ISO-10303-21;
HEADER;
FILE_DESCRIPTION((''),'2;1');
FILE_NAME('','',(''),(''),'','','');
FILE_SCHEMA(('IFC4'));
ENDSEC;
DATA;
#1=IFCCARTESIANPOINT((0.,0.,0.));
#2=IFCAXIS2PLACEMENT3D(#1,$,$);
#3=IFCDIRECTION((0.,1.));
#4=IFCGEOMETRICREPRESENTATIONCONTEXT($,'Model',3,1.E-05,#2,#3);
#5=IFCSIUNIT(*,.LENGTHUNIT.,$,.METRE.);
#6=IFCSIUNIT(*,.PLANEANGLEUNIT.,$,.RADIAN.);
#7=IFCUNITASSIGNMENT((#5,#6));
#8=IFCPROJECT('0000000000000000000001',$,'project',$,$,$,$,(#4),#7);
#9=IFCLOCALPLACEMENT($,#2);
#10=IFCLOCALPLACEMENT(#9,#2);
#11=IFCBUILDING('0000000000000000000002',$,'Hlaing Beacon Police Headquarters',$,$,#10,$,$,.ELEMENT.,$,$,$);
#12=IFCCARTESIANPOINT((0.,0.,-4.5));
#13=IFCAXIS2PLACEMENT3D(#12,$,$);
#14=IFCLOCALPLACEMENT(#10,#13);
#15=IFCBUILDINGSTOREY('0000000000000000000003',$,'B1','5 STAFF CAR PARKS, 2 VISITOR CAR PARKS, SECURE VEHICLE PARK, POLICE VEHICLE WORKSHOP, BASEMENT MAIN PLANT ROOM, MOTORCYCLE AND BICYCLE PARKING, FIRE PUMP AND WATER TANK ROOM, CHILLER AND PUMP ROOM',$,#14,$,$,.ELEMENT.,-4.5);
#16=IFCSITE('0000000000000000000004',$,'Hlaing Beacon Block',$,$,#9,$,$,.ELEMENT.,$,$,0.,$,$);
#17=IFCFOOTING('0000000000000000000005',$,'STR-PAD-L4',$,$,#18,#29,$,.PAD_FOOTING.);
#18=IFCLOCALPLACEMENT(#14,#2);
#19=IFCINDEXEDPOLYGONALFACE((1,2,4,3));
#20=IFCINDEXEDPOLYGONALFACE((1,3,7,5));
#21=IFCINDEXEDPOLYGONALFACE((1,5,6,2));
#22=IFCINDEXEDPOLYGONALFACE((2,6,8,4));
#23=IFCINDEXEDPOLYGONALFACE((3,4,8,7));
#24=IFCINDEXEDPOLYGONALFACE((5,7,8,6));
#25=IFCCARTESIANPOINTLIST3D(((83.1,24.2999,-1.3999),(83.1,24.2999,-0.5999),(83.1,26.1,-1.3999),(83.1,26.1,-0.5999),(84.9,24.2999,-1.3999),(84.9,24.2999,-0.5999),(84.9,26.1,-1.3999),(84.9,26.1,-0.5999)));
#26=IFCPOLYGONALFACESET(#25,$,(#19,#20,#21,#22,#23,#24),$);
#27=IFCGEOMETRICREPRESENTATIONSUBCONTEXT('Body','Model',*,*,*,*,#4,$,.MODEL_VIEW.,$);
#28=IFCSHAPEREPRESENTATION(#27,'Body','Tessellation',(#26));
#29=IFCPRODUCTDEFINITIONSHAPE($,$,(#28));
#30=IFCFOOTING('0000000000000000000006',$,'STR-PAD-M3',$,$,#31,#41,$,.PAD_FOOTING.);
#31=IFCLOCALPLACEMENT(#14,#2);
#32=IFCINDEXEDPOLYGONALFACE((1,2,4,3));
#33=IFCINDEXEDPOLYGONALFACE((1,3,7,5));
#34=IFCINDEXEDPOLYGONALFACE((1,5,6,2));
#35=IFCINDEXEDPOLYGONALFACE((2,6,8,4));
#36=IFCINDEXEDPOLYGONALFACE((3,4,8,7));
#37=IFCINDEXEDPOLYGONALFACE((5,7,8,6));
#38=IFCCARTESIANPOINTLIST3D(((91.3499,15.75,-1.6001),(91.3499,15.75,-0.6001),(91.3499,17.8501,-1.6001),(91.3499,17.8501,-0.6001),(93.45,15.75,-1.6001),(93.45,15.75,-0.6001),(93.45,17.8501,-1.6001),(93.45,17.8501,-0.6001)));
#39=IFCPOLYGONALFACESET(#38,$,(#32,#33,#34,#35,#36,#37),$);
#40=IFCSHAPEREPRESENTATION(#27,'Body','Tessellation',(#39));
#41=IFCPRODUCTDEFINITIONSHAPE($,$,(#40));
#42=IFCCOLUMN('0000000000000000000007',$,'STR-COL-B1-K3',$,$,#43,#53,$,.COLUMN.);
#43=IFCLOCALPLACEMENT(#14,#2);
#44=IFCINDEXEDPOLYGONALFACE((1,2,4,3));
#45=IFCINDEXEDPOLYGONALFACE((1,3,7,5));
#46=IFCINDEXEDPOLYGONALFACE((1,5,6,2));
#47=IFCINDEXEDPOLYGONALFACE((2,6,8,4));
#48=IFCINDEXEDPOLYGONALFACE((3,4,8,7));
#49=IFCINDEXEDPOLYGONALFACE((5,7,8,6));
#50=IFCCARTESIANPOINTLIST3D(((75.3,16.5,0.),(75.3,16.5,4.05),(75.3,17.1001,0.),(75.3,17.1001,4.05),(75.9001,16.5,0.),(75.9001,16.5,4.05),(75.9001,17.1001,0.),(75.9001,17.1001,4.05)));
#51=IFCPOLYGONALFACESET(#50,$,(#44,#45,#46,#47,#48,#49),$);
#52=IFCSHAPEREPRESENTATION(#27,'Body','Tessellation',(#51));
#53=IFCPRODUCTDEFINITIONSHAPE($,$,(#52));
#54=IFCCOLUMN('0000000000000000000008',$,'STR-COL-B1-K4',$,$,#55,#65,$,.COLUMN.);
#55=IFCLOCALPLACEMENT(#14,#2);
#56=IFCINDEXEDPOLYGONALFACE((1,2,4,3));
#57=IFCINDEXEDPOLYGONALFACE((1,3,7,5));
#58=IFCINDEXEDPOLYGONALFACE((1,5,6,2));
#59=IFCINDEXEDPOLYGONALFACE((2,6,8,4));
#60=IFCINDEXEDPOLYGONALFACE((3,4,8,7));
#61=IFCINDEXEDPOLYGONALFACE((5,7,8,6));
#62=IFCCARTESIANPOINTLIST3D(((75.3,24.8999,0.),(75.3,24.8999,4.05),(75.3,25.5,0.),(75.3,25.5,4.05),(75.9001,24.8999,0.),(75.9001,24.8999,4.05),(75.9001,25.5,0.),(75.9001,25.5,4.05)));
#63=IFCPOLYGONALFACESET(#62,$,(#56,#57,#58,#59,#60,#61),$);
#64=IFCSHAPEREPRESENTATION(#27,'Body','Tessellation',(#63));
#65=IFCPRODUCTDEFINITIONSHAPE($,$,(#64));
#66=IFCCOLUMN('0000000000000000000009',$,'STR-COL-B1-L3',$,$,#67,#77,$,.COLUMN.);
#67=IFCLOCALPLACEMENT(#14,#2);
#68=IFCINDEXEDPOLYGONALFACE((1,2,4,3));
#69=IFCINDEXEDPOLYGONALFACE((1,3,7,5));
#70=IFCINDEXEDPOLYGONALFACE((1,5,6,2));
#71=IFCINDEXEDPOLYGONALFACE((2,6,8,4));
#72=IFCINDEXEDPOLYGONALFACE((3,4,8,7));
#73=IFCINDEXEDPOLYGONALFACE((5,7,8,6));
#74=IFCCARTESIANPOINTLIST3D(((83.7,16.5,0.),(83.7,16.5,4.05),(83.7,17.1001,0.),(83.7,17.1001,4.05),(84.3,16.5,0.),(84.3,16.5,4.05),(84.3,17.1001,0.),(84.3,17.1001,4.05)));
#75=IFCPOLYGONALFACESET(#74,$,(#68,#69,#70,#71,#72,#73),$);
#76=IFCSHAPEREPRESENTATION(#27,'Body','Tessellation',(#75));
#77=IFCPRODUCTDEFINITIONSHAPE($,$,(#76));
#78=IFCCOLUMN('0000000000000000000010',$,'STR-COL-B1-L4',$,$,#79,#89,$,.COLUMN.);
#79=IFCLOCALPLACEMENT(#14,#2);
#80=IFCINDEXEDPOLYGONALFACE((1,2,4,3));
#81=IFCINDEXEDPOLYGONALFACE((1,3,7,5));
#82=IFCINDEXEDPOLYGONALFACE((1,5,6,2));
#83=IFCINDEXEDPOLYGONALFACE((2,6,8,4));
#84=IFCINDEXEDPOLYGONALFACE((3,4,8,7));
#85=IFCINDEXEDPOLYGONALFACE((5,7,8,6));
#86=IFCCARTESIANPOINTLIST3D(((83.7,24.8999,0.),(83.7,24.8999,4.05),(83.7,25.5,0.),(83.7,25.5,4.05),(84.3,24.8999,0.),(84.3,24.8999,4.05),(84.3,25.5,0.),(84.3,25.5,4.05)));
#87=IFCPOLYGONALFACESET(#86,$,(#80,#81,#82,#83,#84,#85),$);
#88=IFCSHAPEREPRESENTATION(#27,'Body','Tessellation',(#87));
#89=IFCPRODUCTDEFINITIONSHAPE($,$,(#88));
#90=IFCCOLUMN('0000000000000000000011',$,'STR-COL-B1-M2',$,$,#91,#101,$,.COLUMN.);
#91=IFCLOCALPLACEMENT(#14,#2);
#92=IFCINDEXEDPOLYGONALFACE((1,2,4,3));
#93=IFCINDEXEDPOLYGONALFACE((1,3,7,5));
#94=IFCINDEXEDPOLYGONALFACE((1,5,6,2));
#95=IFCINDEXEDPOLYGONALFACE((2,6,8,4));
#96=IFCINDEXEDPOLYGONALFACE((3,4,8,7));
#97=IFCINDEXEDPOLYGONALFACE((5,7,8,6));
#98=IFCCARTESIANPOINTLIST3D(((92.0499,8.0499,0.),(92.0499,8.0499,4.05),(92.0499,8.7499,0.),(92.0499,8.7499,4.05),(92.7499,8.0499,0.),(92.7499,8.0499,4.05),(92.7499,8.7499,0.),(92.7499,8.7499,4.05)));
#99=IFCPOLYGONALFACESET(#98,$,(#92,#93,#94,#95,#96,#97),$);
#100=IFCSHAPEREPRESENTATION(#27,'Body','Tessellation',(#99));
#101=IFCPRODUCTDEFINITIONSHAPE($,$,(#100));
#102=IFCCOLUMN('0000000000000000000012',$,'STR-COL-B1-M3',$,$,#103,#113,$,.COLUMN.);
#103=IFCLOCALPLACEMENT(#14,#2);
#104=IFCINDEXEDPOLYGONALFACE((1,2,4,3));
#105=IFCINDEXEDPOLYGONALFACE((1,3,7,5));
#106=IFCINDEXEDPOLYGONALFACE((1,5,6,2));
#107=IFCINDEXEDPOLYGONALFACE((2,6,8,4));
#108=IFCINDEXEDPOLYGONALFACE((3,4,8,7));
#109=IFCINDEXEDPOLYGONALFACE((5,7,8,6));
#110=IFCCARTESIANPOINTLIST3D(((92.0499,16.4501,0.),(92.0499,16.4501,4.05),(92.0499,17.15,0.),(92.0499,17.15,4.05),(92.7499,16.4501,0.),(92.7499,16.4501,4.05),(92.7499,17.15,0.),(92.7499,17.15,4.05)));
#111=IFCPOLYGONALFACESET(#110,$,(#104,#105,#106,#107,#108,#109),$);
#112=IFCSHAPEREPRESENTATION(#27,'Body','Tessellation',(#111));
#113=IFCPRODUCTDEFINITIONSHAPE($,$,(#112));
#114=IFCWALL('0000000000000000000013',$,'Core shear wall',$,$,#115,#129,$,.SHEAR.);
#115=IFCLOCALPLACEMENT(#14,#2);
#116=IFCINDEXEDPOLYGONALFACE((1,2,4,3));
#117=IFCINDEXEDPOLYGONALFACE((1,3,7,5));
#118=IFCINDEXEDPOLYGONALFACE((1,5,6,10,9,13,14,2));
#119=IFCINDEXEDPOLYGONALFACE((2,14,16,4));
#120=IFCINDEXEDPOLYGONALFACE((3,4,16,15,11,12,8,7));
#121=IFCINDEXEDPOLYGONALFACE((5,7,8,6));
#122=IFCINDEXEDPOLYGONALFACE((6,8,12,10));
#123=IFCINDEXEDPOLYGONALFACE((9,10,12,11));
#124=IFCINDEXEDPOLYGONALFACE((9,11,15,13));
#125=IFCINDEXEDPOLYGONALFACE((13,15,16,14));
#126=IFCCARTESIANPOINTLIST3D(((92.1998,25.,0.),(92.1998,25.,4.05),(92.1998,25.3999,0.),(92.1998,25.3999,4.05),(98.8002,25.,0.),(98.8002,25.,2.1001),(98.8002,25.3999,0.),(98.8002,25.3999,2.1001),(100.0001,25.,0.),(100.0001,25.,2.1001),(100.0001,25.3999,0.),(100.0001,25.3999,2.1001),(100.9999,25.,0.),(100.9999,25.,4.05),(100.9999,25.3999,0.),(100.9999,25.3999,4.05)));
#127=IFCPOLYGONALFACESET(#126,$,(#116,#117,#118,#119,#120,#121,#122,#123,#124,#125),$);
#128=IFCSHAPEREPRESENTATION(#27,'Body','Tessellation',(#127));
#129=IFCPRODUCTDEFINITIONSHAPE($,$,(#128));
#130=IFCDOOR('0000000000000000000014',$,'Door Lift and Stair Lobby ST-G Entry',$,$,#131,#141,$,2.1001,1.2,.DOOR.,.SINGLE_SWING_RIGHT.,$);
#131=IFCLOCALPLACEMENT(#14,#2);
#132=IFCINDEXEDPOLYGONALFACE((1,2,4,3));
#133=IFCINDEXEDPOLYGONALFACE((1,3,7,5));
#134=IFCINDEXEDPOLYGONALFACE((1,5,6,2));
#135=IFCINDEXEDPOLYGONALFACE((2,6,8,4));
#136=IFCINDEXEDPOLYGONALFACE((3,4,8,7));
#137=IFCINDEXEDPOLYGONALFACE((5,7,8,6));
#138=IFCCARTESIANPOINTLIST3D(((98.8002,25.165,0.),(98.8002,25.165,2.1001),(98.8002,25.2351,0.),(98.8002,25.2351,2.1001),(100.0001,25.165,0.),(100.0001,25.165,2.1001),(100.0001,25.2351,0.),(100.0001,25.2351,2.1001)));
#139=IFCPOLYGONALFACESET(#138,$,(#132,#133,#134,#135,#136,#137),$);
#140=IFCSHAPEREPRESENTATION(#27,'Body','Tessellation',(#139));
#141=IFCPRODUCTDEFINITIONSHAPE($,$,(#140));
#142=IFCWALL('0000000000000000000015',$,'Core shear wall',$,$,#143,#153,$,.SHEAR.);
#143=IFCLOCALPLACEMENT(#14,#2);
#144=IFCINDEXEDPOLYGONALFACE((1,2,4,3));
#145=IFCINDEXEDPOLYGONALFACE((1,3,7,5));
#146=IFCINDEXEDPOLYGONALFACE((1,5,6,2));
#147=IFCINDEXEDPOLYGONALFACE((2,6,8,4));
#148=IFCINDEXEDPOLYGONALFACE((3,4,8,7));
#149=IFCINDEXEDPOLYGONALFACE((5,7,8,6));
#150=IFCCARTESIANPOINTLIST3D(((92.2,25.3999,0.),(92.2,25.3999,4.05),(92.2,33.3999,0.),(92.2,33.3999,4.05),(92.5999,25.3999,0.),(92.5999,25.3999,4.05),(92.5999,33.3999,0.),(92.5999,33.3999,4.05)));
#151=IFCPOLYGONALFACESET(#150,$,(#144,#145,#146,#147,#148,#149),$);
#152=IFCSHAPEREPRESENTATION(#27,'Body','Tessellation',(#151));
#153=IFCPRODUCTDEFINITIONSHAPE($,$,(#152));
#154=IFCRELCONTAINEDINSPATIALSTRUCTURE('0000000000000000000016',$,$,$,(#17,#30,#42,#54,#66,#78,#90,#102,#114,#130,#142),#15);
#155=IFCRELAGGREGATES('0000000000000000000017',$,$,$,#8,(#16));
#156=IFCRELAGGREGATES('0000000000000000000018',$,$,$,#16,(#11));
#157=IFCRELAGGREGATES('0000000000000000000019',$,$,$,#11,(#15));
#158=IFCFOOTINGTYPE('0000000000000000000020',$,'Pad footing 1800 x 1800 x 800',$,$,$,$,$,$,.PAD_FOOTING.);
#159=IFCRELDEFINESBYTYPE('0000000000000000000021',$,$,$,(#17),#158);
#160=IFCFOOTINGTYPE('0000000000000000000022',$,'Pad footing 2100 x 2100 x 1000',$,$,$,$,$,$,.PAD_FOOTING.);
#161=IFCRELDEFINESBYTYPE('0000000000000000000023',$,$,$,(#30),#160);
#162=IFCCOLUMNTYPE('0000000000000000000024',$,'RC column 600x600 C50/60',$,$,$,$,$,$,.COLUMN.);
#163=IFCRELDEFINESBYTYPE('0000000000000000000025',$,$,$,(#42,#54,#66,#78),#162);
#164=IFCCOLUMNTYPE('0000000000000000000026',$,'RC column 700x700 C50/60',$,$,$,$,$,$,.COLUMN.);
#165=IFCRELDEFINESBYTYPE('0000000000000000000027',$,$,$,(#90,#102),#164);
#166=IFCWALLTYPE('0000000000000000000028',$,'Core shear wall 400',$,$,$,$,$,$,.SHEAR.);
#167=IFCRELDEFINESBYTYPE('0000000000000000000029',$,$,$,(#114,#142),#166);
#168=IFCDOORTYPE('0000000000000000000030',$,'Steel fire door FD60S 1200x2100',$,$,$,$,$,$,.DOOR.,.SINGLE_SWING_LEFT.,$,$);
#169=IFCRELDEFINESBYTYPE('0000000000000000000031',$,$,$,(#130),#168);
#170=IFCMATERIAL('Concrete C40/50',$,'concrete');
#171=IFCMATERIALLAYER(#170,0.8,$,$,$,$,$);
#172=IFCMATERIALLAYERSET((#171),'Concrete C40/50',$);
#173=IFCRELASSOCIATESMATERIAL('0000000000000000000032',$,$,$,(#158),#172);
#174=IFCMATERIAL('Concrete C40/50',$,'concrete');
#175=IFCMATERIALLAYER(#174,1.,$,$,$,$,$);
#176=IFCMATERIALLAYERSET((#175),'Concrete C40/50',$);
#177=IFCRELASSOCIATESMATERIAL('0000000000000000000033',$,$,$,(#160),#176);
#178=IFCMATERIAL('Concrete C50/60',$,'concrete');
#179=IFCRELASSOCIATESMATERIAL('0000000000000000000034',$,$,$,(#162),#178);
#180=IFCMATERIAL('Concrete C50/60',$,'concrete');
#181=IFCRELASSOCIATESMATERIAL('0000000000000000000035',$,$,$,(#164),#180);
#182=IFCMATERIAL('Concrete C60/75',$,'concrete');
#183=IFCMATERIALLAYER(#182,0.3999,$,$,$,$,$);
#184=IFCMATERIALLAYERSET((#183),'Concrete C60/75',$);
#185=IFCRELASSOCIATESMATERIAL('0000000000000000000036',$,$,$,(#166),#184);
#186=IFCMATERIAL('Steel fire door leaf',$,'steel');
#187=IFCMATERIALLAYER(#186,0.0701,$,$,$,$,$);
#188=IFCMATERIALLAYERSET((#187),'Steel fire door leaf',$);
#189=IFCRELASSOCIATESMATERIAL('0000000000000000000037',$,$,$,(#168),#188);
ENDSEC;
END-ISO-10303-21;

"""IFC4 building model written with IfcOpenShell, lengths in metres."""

from ifc_helpers import new_model, si_unit, direction, frame, frame_2d, origin, origin_2d, place, context, subcontext, project, spatial, rectangle, extrude, material, layer, layer_set, material_profile, profile_set, type_object, element, fill, save


model = new_model("IFC4")

# Units and contexts
model_context = context("Model", 3, precision=1e-05, world=origin(), true_north=direction((0.0, 1.0)))
body_context = subcontext(model_context, "Body", "Model", "MODEL_VIEW")
ifc_project = project(units=[si_unit("LENGTHUNIT", "METRE"), si_unit("PLANEANGLEUNIT", "RADIAN")], contexts=[model_context])

# Site, building, storey
site_placement = place(None, origin())
site = spatial("IfcSite", under=ifc_project, at=site_placement, Name="Hlaing Beacon Block", CompositionType="ELEMENT", RefElevation=0.0)
building_placement = place(site_placement, origin())
building = spatial("IfcBuilding", under=site, at=building_placement, Name="Hlaing Beacon Police Headquarters", CompositionType="ELEMENT")
storey_placement = place(building_placement, frame((0.0, 0.0, -4.5)))
storey = spatial("IfcBuildingStorey", under=building, at=storey_placement, Name="B1", Description="5 STAFF CAR PARKS, 2 VISITOR CAR PARKS, SECURE VEHICLE PARK, POLICE VEHICLE WORKSHOP, BASEMENT MAIN PLANT ROOM, MOTORCYCLE AND BICYCLE PARKING, FIRE PUMP AND WATER TANK ROOM, CHILLER AND PUMP ROOM", CompositionType="ELEMENT", Elevation=-4.5)

# Footings
ifc_material_1 = material(Name="Concrete C40/50", Category="concrete")
ifc_layer_1 = layer(ifc_material_1, 0.8)
ifc_layer_set_1 = layer_set([ifc_layer_1], Name="Concrete C40/50")
footing_type_1 = type_object("IfcFootingType", Name="Pad footing 1800 x 1800 x 800", PredefinedType="PAD_FOOTING", material=ifc_layer_set_1)
for number, where, z_axis, x_axis, name in (
    (1, (84.0, 25.2, -1.3999), (0.0, 0.0, 1.0), (1.0, 0.0, 0.0), "STR-PAD-L4"),
):
    element("IfcFooting", number, at=place(storey_placement, frame(where, z_axis=z_axis, x_axis=x_axis)), inside=storey, type_object=footing_type_1, Name=name, PredefinedType="PAD_FOOTING", context=body_context, shape_type="SweptSolid", body=[
        extrude(rectangle(XDim=1.8, YDim=1.8, at=origin_2d()), origin(), (0.0, 0.0, 1.0), 0.8),
    ])
ifc_material_2 = material(Name="Concrete C40/50", Category="concrete")
ifc_layer_2 = layer(ifc_material_2, 1.0)
ifc_layer_set_2 = layer_set([ifc_layer_2], Name="Concrete C40/50")
footing_type_2 = type_object("IfcFootingType", Name="Pad footing 2100 x 2100 x 1000", PredefinedType="PAD_FOOTING", material=ifc_layer_set_2)
footing_placement = place(storey_placement, frame((92.3999, 16.8, -1.6001), z_axis=(0.0, 0.0, 1.0), x_axis=(1.0, 0.0, 0.0)))
element("IfcFooting", 2, at=footing_placement, inside=storey, type_object=footing_type_2, Name="STR-PAD-M3", PredefinedType="PAD_FOOTING", context=body_context, shape_type="SweptSolid", body=[
    extrude(rectangle(XDim=2.1001, YDim=2.1001, at=origin_2d()), origin(), (0.0, 0.0, 1.0), 1.0),
])

# Columns
ifc_material_3 = material(Name="Concrete C50/60", Category="concrete")
ifc_material_profile_1 = material_profile(ifc_material_3, rectangle(XDim=0.6001, YDim=0.6001, at=origin_2d()), Name="600x600")
ifc_profile_set_1 = profile_set([ifc_material_profile_1], Name="Concrete C50/60")
column_type_1 = type_object("IfcColumnType", Name="RC column 600x600 C50/60", PredefinedType="COLUMN", material=ifc_profile_set_1)
for number, where, z_axis, x_axis, name in (
    (3, (75.6001, 16.8, 0.0), (0.0, 0.0, 1.0), (1.0, 0.0, 0.0), "STR-COL-B1-K3"),
    (4, (75.6001, 25.2, 0.0), (0.0, 0.0, 1.0), (1.0, 0.0, 0.0), "STR-COL-B1-K4"),
    (5, (84.0, 16.8, 0.0), (0.0, 0.0, 1.0), (1.0, 0.0, 0.0), "STR-COL-B1-L3"),
    (6, (84.0, 25.2, 0.0), (0.0, 0.0, 1.0), (1.0, 0.0, 0.0), "STR-COL-B1-L4"),
):
    element("IfcColumn", number, at=place(storey_placement, frame(where, z_axis=z_axis, x_axis=x_axis)), inside=storey, type_object=column_type_1, Name=name, PredefinedType="COLUMN", context=body_context, shape_type="SweptSolid", body=[
        extrude(rectangle(XDim=0.6001, YDim=0.6001, at=origin_2d()), origin(), (0.0, 0.0, 1.0), 4.05),
    ])
ifc_material_4 = material(Name="Concrete C50/60", Category="concrete")
ifc_material_profile_2 = material_profile(ifc_material_4, rectangle(XDim=0.7, YDim=0.7, at=origin_2d()), Name="700x700")
ifc_profile_set_2 = profile_set([ifc_material_profile_2], Name="Concrete C50/60")
column_type_2 = type_object("IfcColumnType", Name="RC column 700x700 C50/60", PredefinedType="COLUMN", material=ifc_profile_set_2)
for number, where, z_axis, x_axis, name in (
    (7, (92.3999, 8.3999, 0.0), (0.0, 0.0, 1.0), (1.0, 0.0, 0.0), "STR-COL-B1-M2"),
    (8, (92.3999, 16.8, 0.0), (0.0, 0.0, 1.0), (1.0, 0.0, 0.0), "STR-COL-B1-M3"),
):
    element("IfcColumn", number, at=place(storey_placement, frame(where, z_axis=z_axis, x_axis=x_axis)), inside=storey, type_object=column_type_2, Name=name, PredefinedType="COLUMN", context=body_context, shape_type="SweptSolid", body=[
        extrude(rectangle(XDim=0.7, YDim=0.7, at=origin_2d()), origin(), (0.0, 0.0, 1.0), 4.05),
    ])

# Wall, opening, door
ifc_material_5 = material(Name="Concrete C60/75", Category="concrete")
ifc_layer_3 = layer(ifc_material_5, 0.3999)
ifc_layer_set_3 = layer_set([ifc_layer_3], Name="Concrete C60/75")
wall_type = type_object("IfcWallType", Name="Core shear wall 400", PredefinedType="SHEAR", material=ifc_layer_set_3)
wall_1_placement = place(storey_placement, frame((92.2, 25.2, 0.0), z_axis=(0.0, 0.0, 1.0), x_axis=(1.0, 0.0, 0.0)))
wall_1 = element("IfcWall", 9, at=wall_1_placement, inside=storey, type_object=wall_type, Name="Core shear wall", PredefinedType="SHEAR", context=body_context, shape_type="SweptSolid", body=[
    extrude(rectangle(XDim=8.8, YDim=0.3999, at=frame_2d((4.3999, 0.0))), origin(), (0.0, 0.0, 1.0), 4.05),
])
opening_placement = place(wall_1_placement, frame((6.6001, 0.0, 0.0)))
opening = element("IfcOpeningElement", 10, at=opening_placement, cuts=wall_1, PredefinedType="OPENING", context=body_context, shape_type="SweptSolid", body=[
    extrude(rectangle(XDim=1.2, YDim=2.1001, at=frame_2d((0.6001, 1.05))), frame((0.0, 0.21, 0.0), z_axis=(0.0, -1.0, 0.0), x_axis=(1.0, 0.0, 0.0)), (0.0, 0.0, 1.0), 0.4199),
])
ifc_material_6 = material(Name="Steel fire door leaf", Category="steel")
ifc_layer_4 = layer(ifc_material_6, 0.0701)
ifc_layer_set_4 = layer_set([ifc_layer_4], Name="Steel fire door leaf")
door_type = type_object("IfcDoorType", Name="Steel fire door FD60S 1200x2100", OperationType="SINGLE_SWING_LEFT", PredefinedType="DOOR", material=ifc_layer_set_4)
door_placement = place(opening_placement, origin())
door = element("IfcDoor", 11, at=door_placement, inside=storey, type_object=door_type, Name="Door Lift and Stair Lobby ST-G Entry", OperationType="SINGLE_SWING_RIGHT", OverallHeight=2.1001, OverallWidth=1.2, PredefinedType="DOOR", context=body_context, shape_type="SweptSolid", body=[
    extrude(rectangle(XDim=1.2, YDim=2.1001, at=frame_2d((0.6001, 1.05))), frame((0.0, 0.0352, 0.0), z_axis=(0.0, -1.0, 0.0), x_axis=(1.0, 0.0, 0.0)), (0.0, 0.0, 1.0), 0.0701),
])
fill(opening, door)

# Wall
wall_2_placement = place(storey_placement, frame((92.3999, 25.3999, 0.0), z_axis=(0.0, 0.0, 1.0), x_axis=(0.0, 1.0, 0.0)))
element("IfcWall", 12, at=wall_2_placement, inside=storey, type_object=wall_type, Name="Core shear wall", PredefinedType="SHEAR", context=body_context, shape_type="SweptSolid", body=[
    extrude(rectangle(XDim=8.0, YDim=0.3999, at=frame_2d((4.0, 0.0))), origin(), (0.0, 0.0, 1.0), 4.05),
])

save(model, "model.ifc")
